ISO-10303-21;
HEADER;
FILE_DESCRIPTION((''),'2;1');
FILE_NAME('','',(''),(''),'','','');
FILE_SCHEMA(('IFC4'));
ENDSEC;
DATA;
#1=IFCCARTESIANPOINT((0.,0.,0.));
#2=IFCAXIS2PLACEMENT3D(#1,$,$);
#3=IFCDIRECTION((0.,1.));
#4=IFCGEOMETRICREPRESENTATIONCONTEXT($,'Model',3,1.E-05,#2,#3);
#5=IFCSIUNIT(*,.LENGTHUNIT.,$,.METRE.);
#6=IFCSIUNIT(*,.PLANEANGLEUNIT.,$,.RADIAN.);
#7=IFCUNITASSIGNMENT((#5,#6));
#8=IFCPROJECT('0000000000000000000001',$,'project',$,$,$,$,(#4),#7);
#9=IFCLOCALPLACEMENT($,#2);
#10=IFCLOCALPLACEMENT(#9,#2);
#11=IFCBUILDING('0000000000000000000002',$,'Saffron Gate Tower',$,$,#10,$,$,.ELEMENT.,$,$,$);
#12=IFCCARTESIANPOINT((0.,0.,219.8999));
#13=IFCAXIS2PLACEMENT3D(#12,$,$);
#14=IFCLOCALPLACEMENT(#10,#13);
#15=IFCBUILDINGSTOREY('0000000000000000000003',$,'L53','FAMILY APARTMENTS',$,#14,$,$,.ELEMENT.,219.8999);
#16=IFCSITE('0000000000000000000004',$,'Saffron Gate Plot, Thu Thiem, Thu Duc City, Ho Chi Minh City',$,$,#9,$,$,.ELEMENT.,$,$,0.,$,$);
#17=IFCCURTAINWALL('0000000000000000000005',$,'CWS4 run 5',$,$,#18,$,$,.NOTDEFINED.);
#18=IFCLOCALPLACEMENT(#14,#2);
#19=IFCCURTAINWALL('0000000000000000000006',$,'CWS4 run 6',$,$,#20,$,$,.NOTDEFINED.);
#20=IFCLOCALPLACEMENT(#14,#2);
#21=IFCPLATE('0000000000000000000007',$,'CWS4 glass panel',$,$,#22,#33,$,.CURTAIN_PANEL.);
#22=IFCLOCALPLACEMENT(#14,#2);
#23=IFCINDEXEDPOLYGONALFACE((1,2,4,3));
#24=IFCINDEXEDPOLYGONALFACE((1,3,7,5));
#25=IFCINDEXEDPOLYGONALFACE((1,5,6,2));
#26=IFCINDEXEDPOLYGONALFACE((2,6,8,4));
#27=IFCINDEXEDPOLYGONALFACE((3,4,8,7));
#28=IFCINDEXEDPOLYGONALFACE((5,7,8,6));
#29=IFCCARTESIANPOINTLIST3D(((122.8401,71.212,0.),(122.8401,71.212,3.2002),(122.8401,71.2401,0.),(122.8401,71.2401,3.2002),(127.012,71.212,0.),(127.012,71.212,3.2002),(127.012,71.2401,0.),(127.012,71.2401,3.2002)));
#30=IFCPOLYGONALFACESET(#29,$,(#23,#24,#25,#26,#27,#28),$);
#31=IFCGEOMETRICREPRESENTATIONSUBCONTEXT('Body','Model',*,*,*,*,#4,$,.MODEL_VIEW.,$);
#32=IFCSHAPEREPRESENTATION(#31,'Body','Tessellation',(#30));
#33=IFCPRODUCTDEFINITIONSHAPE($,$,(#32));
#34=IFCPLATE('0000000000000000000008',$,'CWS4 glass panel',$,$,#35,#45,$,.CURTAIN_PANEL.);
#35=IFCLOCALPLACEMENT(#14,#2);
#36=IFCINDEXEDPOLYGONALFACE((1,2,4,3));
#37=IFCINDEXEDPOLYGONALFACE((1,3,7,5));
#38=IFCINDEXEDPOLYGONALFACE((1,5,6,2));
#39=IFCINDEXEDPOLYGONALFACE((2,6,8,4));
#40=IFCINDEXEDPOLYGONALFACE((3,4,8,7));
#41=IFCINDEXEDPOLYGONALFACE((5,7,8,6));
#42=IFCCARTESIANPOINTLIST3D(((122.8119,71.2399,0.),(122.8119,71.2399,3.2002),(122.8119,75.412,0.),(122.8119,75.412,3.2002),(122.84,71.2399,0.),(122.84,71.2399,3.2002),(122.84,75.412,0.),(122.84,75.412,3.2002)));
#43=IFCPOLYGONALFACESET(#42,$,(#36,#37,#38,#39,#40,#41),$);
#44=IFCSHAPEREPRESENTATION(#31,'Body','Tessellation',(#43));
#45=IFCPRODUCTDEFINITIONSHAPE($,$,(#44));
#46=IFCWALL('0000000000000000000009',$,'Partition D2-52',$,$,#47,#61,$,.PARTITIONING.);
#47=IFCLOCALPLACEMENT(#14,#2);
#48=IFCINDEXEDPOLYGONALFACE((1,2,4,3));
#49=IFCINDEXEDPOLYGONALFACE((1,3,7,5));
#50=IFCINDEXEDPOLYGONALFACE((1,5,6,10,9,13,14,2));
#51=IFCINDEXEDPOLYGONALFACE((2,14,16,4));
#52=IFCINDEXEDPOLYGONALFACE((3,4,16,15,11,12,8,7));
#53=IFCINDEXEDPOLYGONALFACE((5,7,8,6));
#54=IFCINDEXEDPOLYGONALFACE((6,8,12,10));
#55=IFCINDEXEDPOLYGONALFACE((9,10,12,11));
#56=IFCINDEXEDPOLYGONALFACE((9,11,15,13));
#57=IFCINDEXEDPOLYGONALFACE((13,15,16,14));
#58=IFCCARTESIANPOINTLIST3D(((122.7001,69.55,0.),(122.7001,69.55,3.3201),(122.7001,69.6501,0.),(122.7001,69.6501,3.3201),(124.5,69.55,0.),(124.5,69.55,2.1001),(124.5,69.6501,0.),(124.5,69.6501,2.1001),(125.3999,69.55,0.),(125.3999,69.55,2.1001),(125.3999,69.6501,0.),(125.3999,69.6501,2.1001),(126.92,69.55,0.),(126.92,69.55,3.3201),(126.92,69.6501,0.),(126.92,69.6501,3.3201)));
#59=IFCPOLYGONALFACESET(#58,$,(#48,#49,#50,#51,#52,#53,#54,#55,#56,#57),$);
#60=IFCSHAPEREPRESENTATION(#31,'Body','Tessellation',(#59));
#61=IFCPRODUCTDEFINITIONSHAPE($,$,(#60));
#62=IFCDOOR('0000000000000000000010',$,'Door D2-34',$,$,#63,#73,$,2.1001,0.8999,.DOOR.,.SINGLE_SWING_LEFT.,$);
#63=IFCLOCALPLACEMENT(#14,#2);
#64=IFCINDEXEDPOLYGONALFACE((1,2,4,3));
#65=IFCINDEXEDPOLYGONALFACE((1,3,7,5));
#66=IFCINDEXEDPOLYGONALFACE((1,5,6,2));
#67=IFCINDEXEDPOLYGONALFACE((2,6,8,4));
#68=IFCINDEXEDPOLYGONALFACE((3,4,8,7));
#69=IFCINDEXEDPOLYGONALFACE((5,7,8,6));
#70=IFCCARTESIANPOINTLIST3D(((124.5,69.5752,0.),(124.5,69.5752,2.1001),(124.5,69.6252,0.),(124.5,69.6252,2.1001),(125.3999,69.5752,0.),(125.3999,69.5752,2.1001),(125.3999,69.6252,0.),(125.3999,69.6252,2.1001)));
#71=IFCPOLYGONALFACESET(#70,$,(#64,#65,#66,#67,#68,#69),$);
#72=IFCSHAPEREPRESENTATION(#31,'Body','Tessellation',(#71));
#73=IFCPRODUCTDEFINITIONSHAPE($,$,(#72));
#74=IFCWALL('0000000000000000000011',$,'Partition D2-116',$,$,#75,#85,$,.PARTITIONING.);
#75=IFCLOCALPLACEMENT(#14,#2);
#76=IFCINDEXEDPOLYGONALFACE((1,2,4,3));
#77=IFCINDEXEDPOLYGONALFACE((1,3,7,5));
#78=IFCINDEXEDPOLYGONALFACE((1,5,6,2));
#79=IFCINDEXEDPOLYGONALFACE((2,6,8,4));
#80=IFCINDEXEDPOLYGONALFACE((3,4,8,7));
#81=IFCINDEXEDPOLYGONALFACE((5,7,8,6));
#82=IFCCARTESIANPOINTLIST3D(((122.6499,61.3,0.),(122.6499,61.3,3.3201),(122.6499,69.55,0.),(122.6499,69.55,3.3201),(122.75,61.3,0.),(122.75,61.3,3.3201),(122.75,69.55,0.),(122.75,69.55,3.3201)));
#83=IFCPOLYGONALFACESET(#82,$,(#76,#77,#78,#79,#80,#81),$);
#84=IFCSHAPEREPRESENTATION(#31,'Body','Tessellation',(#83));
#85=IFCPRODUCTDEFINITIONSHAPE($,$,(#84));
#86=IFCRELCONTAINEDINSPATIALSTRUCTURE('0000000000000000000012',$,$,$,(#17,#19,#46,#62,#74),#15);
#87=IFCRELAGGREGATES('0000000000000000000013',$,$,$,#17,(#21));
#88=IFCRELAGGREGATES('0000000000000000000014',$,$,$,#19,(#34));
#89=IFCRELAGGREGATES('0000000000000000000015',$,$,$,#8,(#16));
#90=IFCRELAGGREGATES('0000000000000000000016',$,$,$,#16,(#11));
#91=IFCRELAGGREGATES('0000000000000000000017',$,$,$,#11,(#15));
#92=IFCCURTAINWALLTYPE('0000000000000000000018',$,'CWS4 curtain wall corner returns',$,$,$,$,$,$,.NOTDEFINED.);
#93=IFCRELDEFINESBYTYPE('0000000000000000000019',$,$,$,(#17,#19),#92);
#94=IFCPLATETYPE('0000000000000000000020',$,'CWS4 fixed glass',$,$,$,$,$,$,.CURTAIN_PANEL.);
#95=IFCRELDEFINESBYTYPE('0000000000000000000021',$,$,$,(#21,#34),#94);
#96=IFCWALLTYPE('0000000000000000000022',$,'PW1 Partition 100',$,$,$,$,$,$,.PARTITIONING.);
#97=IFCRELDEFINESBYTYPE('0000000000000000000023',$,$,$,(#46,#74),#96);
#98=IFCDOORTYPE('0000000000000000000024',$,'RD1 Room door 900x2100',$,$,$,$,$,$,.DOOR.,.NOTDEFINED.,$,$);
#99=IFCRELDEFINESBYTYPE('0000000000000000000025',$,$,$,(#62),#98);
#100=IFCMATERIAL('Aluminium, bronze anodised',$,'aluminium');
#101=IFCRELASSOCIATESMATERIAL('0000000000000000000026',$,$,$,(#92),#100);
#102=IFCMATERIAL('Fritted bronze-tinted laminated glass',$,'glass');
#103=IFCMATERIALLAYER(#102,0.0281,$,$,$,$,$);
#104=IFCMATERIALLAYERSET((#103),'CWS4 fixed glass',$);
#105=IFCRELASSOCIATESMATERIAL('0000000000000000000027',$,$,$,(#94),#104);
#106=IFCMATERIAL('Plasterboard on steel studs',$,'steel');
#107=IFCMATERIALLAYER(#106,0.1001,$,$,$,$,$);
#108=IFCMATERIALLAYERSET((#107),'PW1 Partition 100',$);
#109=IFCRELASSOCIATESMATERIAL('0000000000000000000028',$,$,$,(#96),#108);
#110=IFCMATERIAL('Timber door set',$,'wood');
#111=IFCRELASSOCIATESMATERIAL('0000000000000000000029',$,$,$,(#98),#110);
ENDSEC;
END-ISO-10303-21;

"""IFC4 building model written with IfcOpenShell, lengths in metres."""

from ifc_helpers import new_model, si_unit, direction, frame, frame_2d, origin, place, context, subcontext, project, spatial, rectangle, extrude, material, layer, layer_set, type_object, element, fill, aggregate, save


model = new_model("IFC4")

# Units and contexts
model_context = context("Model", 3, precision=1e-05, world=origin(), true_north=direction((0.0, 1.0)))
body_context = subcontext(model_context, "Body", "Model", "MODEL_VIEW")
ifc_project = project(units=[si_unit("LENGTHUNIT", "METRE"), si_unit("PLANEANGLEUNIT", "RADIAN")], contexts=[model_context])

# Site, building, storey
site_placement = place(None, origin())
site = spatial("IfcSite", under=ifc_project, at=site_placement, Name="Saffron Gate Plot, Thu Thiem, Thu Duc City, Ho Chi Minh City", CompositionType="ELEMENT", RefElevation=0.0)
building_placement = place(site_placement, origin())
building = spatial("IfcBuilding", under=site, at=building_placement, Name="Saffron Gate Tower", CompositionType="ELEMENT")
storey_placement = place(building_placement, frame((0.0, 0.0, 219.8999)))
storey = spatial("IfcBuildingStorey", under=building, at=storey_placement, Name="L53", Description="FAMILY APARTMENTS", CompositionType="ELEMENT", Elevation=219.8999)

# Curtain walls
ifc_material_1 = material(Name="Aluminium, bronze anodised", Category="aluminium")
curtain_wall_type_1 = type_object("IfcCurtainWallType", Name="CWS4 curtain wall corner returns", PredefinedType="NOTDEFINED", material=ifc_material_1)
curtain_wall_1_placement = place(storey_placement, origin())
curtain_wall_1 = element("IfcCurtainWall", 1, at=curtain_wall_1_placement, inside=storey, type_object=curtain_wall_type_1, Name="CWS4 run 5", PredefinedType="NOTDEFINED")
curtain_wall_2_placement = place(storey_placement, origin())
curtain_wall_2 = element("IfcCurtainWall", 2, at=curtain_wall_2_placement, inside=storey, type_object=curtain_wall_type_1, Name="CWS4 run 6", PredefinedType="NOTDEFINED")

# Plates
ifc_material_2 = material(Name="Fritted bronze-tinted laminated glass", Category="glass")
ifc_layer_1 = layer(ifc_material_2, 0.0281)
ifc_layer_set_1 = layer_set([ifc_layer_1], Name="CWS4 fixed glass")
plate_type_1 = type_object("IfcPlateType", Name="CWS4 fixed glass", PredefinedType="CURTAIN_PANEL", material=ifc_layer_set_1)
plate_1_placement = place(storey_placement, frame((127.012, 71.2261, 0.0), z_axis=(0.0, 0.0, 1.0), x_axis=(-1.0, 0.0, 0.0)))
plate_1 = element("IfcPlate", 3, at=plate_1_placement, type_object=plate_type_1, Name="CWS4 glass panel", PredefinedType="CURTAIN_PANEL", context=body_context, shape_type="SweptSolid", body=[
    extrude(rectangle(XDim=4.1719, YDim=0.0281, at=frame_2d((2.0859, 0.0))), origin(), (0.0, 0.0, 1.0), 3.2002),
])
aggregate(curtain_wall_1, [plate_1])
plate_2_placement = place(storey_placement, frame((122.8259, 71.24, 0.0), z_axis=(0.0, 0.0, 1.0), x_axis=(0.0, 1.0, 0.0)))
plate_2 = element("IfcPlate", 4, at=plate_2_placement, type_object=plate_type_1, Name="CWS4 glass panel", PredefinedType="CURTAIN_PANEL", context=body_context, shape_type="SweptSolid", body=[
    extrude(rectangle(XDim=4.1721, YDim=0.0281, at=frame_2d((2.0859, 0.0))), origin(), (0.0, 0.0, 1.0), 3.2002),
])
aggregate(curtain_wall_2, [plate_2])

# Wall, opening, door
ifc_material_3 = material(Name="Plasterboard on steel studs", Category="steel")
ifc_layer_2 = layer(ifc_material_3, 0.1001)
ifc_layer_set_2 = layer_set([ifc_layer_2], Name="PW1 Partition 100")
wall_type = type_object("IfcWallType", Name="PW1 Partition 100", PredefinedType="PARTITIONING", material=ifc_layer_set_2)
wall_1_placement = place(storey_placement, frame((126.9199, 69.6001, 0.0), z_axis=(0.0, 0.0, 1.0), x_axis=(-1.0, 0.0, 0.0)))
wall_1 = element("IfcWall", 5, at=wall_1_placement, inside=storey, type_object=wall_type, Name="Partition D2-52", PredefinedType="PARTITIONING", context=body_context, shape_type="SweptSolid", body=[
    extrude(rectangle(XDim=4.22, YDim=0.1001, at=frame_2d((2.1099, 0.0))), origin(), (0.0, 0.0, 1.0), 3.3201),
])
opening_1_placement = place(wall_1_placement, frame((1.52, 0.0, 0.0)))
opening_1 = element("IfcOpeningElement", 6, at=opening_1_placement, cuts=wall_1, PredefinedType="OPENING", context=body_context, shape_type="SweptSolid", body=[
    extrude(rectangle(XDim=0.8999, YDim=2.1001, at=frame_2d((0.45, 1.05))), frame((0.0, 0.0601, 0.0), z_axis=(0.0, -1.0, 0.0), x_axis=(1.0, 0.0, 0.0)), (0.0, 0.0, 1.0), 0.1201),
])
ifc_material_4 = material(Name="Timber door set", Category="wood")
door_type = type_object("IfcDoorType", Name="RD1 Room door 900x2100", OperationType="NOTDEFINED", PredefinedType="DOOR", material=ifc_material_4)
door_placement = place(opening_1_placement, origin())
door = element("IfcDoor", 7, at=door_placement, inside=storey, type_object=door_type, Name="Door D2-34", OperationType="SINGLE_SWING_LEFT", OverallHeight=2.1001, OverallWidth=0.8999, PredefinedType="DOOR", context=body_context, shape_type="SweptSolid", body=[
    extrude(rectangle(XDim=0.8999, YDim=2.1001, at=frame_2d((0.45, 1.05))), frame((0.0, 0.0249, 0.0), z_axis=(0.0, -1.0, 0.0), x_axis=(1.0, 0.0, 0.0)), (0.0, 0.0, 1.0), 0.05),
])
fill(opening_1, door)

# Wall
wall_2_placement = place(storey_placement, frame((122.7, 69.55, 0.0), z_axis=(0.0, 0.0, 1.0), x_axis=(0.0, -1.0, 0.0)))
element("IfcWall", 8, at=wall_2_placement, inside=storey, type_object=wall_type, Name="Partition D2-116", PredefinedType="PARTITIONING", context=body_context, shape_type="SweptSolid", body=[
    extrude(rectangle(XDim=8.25, YDim=0.1001, at=frame_2d((4.125, 0.0))), origin(), (0.0, 0.0, 1.0), 3.3201),
])

save(model, "model.ifc")
